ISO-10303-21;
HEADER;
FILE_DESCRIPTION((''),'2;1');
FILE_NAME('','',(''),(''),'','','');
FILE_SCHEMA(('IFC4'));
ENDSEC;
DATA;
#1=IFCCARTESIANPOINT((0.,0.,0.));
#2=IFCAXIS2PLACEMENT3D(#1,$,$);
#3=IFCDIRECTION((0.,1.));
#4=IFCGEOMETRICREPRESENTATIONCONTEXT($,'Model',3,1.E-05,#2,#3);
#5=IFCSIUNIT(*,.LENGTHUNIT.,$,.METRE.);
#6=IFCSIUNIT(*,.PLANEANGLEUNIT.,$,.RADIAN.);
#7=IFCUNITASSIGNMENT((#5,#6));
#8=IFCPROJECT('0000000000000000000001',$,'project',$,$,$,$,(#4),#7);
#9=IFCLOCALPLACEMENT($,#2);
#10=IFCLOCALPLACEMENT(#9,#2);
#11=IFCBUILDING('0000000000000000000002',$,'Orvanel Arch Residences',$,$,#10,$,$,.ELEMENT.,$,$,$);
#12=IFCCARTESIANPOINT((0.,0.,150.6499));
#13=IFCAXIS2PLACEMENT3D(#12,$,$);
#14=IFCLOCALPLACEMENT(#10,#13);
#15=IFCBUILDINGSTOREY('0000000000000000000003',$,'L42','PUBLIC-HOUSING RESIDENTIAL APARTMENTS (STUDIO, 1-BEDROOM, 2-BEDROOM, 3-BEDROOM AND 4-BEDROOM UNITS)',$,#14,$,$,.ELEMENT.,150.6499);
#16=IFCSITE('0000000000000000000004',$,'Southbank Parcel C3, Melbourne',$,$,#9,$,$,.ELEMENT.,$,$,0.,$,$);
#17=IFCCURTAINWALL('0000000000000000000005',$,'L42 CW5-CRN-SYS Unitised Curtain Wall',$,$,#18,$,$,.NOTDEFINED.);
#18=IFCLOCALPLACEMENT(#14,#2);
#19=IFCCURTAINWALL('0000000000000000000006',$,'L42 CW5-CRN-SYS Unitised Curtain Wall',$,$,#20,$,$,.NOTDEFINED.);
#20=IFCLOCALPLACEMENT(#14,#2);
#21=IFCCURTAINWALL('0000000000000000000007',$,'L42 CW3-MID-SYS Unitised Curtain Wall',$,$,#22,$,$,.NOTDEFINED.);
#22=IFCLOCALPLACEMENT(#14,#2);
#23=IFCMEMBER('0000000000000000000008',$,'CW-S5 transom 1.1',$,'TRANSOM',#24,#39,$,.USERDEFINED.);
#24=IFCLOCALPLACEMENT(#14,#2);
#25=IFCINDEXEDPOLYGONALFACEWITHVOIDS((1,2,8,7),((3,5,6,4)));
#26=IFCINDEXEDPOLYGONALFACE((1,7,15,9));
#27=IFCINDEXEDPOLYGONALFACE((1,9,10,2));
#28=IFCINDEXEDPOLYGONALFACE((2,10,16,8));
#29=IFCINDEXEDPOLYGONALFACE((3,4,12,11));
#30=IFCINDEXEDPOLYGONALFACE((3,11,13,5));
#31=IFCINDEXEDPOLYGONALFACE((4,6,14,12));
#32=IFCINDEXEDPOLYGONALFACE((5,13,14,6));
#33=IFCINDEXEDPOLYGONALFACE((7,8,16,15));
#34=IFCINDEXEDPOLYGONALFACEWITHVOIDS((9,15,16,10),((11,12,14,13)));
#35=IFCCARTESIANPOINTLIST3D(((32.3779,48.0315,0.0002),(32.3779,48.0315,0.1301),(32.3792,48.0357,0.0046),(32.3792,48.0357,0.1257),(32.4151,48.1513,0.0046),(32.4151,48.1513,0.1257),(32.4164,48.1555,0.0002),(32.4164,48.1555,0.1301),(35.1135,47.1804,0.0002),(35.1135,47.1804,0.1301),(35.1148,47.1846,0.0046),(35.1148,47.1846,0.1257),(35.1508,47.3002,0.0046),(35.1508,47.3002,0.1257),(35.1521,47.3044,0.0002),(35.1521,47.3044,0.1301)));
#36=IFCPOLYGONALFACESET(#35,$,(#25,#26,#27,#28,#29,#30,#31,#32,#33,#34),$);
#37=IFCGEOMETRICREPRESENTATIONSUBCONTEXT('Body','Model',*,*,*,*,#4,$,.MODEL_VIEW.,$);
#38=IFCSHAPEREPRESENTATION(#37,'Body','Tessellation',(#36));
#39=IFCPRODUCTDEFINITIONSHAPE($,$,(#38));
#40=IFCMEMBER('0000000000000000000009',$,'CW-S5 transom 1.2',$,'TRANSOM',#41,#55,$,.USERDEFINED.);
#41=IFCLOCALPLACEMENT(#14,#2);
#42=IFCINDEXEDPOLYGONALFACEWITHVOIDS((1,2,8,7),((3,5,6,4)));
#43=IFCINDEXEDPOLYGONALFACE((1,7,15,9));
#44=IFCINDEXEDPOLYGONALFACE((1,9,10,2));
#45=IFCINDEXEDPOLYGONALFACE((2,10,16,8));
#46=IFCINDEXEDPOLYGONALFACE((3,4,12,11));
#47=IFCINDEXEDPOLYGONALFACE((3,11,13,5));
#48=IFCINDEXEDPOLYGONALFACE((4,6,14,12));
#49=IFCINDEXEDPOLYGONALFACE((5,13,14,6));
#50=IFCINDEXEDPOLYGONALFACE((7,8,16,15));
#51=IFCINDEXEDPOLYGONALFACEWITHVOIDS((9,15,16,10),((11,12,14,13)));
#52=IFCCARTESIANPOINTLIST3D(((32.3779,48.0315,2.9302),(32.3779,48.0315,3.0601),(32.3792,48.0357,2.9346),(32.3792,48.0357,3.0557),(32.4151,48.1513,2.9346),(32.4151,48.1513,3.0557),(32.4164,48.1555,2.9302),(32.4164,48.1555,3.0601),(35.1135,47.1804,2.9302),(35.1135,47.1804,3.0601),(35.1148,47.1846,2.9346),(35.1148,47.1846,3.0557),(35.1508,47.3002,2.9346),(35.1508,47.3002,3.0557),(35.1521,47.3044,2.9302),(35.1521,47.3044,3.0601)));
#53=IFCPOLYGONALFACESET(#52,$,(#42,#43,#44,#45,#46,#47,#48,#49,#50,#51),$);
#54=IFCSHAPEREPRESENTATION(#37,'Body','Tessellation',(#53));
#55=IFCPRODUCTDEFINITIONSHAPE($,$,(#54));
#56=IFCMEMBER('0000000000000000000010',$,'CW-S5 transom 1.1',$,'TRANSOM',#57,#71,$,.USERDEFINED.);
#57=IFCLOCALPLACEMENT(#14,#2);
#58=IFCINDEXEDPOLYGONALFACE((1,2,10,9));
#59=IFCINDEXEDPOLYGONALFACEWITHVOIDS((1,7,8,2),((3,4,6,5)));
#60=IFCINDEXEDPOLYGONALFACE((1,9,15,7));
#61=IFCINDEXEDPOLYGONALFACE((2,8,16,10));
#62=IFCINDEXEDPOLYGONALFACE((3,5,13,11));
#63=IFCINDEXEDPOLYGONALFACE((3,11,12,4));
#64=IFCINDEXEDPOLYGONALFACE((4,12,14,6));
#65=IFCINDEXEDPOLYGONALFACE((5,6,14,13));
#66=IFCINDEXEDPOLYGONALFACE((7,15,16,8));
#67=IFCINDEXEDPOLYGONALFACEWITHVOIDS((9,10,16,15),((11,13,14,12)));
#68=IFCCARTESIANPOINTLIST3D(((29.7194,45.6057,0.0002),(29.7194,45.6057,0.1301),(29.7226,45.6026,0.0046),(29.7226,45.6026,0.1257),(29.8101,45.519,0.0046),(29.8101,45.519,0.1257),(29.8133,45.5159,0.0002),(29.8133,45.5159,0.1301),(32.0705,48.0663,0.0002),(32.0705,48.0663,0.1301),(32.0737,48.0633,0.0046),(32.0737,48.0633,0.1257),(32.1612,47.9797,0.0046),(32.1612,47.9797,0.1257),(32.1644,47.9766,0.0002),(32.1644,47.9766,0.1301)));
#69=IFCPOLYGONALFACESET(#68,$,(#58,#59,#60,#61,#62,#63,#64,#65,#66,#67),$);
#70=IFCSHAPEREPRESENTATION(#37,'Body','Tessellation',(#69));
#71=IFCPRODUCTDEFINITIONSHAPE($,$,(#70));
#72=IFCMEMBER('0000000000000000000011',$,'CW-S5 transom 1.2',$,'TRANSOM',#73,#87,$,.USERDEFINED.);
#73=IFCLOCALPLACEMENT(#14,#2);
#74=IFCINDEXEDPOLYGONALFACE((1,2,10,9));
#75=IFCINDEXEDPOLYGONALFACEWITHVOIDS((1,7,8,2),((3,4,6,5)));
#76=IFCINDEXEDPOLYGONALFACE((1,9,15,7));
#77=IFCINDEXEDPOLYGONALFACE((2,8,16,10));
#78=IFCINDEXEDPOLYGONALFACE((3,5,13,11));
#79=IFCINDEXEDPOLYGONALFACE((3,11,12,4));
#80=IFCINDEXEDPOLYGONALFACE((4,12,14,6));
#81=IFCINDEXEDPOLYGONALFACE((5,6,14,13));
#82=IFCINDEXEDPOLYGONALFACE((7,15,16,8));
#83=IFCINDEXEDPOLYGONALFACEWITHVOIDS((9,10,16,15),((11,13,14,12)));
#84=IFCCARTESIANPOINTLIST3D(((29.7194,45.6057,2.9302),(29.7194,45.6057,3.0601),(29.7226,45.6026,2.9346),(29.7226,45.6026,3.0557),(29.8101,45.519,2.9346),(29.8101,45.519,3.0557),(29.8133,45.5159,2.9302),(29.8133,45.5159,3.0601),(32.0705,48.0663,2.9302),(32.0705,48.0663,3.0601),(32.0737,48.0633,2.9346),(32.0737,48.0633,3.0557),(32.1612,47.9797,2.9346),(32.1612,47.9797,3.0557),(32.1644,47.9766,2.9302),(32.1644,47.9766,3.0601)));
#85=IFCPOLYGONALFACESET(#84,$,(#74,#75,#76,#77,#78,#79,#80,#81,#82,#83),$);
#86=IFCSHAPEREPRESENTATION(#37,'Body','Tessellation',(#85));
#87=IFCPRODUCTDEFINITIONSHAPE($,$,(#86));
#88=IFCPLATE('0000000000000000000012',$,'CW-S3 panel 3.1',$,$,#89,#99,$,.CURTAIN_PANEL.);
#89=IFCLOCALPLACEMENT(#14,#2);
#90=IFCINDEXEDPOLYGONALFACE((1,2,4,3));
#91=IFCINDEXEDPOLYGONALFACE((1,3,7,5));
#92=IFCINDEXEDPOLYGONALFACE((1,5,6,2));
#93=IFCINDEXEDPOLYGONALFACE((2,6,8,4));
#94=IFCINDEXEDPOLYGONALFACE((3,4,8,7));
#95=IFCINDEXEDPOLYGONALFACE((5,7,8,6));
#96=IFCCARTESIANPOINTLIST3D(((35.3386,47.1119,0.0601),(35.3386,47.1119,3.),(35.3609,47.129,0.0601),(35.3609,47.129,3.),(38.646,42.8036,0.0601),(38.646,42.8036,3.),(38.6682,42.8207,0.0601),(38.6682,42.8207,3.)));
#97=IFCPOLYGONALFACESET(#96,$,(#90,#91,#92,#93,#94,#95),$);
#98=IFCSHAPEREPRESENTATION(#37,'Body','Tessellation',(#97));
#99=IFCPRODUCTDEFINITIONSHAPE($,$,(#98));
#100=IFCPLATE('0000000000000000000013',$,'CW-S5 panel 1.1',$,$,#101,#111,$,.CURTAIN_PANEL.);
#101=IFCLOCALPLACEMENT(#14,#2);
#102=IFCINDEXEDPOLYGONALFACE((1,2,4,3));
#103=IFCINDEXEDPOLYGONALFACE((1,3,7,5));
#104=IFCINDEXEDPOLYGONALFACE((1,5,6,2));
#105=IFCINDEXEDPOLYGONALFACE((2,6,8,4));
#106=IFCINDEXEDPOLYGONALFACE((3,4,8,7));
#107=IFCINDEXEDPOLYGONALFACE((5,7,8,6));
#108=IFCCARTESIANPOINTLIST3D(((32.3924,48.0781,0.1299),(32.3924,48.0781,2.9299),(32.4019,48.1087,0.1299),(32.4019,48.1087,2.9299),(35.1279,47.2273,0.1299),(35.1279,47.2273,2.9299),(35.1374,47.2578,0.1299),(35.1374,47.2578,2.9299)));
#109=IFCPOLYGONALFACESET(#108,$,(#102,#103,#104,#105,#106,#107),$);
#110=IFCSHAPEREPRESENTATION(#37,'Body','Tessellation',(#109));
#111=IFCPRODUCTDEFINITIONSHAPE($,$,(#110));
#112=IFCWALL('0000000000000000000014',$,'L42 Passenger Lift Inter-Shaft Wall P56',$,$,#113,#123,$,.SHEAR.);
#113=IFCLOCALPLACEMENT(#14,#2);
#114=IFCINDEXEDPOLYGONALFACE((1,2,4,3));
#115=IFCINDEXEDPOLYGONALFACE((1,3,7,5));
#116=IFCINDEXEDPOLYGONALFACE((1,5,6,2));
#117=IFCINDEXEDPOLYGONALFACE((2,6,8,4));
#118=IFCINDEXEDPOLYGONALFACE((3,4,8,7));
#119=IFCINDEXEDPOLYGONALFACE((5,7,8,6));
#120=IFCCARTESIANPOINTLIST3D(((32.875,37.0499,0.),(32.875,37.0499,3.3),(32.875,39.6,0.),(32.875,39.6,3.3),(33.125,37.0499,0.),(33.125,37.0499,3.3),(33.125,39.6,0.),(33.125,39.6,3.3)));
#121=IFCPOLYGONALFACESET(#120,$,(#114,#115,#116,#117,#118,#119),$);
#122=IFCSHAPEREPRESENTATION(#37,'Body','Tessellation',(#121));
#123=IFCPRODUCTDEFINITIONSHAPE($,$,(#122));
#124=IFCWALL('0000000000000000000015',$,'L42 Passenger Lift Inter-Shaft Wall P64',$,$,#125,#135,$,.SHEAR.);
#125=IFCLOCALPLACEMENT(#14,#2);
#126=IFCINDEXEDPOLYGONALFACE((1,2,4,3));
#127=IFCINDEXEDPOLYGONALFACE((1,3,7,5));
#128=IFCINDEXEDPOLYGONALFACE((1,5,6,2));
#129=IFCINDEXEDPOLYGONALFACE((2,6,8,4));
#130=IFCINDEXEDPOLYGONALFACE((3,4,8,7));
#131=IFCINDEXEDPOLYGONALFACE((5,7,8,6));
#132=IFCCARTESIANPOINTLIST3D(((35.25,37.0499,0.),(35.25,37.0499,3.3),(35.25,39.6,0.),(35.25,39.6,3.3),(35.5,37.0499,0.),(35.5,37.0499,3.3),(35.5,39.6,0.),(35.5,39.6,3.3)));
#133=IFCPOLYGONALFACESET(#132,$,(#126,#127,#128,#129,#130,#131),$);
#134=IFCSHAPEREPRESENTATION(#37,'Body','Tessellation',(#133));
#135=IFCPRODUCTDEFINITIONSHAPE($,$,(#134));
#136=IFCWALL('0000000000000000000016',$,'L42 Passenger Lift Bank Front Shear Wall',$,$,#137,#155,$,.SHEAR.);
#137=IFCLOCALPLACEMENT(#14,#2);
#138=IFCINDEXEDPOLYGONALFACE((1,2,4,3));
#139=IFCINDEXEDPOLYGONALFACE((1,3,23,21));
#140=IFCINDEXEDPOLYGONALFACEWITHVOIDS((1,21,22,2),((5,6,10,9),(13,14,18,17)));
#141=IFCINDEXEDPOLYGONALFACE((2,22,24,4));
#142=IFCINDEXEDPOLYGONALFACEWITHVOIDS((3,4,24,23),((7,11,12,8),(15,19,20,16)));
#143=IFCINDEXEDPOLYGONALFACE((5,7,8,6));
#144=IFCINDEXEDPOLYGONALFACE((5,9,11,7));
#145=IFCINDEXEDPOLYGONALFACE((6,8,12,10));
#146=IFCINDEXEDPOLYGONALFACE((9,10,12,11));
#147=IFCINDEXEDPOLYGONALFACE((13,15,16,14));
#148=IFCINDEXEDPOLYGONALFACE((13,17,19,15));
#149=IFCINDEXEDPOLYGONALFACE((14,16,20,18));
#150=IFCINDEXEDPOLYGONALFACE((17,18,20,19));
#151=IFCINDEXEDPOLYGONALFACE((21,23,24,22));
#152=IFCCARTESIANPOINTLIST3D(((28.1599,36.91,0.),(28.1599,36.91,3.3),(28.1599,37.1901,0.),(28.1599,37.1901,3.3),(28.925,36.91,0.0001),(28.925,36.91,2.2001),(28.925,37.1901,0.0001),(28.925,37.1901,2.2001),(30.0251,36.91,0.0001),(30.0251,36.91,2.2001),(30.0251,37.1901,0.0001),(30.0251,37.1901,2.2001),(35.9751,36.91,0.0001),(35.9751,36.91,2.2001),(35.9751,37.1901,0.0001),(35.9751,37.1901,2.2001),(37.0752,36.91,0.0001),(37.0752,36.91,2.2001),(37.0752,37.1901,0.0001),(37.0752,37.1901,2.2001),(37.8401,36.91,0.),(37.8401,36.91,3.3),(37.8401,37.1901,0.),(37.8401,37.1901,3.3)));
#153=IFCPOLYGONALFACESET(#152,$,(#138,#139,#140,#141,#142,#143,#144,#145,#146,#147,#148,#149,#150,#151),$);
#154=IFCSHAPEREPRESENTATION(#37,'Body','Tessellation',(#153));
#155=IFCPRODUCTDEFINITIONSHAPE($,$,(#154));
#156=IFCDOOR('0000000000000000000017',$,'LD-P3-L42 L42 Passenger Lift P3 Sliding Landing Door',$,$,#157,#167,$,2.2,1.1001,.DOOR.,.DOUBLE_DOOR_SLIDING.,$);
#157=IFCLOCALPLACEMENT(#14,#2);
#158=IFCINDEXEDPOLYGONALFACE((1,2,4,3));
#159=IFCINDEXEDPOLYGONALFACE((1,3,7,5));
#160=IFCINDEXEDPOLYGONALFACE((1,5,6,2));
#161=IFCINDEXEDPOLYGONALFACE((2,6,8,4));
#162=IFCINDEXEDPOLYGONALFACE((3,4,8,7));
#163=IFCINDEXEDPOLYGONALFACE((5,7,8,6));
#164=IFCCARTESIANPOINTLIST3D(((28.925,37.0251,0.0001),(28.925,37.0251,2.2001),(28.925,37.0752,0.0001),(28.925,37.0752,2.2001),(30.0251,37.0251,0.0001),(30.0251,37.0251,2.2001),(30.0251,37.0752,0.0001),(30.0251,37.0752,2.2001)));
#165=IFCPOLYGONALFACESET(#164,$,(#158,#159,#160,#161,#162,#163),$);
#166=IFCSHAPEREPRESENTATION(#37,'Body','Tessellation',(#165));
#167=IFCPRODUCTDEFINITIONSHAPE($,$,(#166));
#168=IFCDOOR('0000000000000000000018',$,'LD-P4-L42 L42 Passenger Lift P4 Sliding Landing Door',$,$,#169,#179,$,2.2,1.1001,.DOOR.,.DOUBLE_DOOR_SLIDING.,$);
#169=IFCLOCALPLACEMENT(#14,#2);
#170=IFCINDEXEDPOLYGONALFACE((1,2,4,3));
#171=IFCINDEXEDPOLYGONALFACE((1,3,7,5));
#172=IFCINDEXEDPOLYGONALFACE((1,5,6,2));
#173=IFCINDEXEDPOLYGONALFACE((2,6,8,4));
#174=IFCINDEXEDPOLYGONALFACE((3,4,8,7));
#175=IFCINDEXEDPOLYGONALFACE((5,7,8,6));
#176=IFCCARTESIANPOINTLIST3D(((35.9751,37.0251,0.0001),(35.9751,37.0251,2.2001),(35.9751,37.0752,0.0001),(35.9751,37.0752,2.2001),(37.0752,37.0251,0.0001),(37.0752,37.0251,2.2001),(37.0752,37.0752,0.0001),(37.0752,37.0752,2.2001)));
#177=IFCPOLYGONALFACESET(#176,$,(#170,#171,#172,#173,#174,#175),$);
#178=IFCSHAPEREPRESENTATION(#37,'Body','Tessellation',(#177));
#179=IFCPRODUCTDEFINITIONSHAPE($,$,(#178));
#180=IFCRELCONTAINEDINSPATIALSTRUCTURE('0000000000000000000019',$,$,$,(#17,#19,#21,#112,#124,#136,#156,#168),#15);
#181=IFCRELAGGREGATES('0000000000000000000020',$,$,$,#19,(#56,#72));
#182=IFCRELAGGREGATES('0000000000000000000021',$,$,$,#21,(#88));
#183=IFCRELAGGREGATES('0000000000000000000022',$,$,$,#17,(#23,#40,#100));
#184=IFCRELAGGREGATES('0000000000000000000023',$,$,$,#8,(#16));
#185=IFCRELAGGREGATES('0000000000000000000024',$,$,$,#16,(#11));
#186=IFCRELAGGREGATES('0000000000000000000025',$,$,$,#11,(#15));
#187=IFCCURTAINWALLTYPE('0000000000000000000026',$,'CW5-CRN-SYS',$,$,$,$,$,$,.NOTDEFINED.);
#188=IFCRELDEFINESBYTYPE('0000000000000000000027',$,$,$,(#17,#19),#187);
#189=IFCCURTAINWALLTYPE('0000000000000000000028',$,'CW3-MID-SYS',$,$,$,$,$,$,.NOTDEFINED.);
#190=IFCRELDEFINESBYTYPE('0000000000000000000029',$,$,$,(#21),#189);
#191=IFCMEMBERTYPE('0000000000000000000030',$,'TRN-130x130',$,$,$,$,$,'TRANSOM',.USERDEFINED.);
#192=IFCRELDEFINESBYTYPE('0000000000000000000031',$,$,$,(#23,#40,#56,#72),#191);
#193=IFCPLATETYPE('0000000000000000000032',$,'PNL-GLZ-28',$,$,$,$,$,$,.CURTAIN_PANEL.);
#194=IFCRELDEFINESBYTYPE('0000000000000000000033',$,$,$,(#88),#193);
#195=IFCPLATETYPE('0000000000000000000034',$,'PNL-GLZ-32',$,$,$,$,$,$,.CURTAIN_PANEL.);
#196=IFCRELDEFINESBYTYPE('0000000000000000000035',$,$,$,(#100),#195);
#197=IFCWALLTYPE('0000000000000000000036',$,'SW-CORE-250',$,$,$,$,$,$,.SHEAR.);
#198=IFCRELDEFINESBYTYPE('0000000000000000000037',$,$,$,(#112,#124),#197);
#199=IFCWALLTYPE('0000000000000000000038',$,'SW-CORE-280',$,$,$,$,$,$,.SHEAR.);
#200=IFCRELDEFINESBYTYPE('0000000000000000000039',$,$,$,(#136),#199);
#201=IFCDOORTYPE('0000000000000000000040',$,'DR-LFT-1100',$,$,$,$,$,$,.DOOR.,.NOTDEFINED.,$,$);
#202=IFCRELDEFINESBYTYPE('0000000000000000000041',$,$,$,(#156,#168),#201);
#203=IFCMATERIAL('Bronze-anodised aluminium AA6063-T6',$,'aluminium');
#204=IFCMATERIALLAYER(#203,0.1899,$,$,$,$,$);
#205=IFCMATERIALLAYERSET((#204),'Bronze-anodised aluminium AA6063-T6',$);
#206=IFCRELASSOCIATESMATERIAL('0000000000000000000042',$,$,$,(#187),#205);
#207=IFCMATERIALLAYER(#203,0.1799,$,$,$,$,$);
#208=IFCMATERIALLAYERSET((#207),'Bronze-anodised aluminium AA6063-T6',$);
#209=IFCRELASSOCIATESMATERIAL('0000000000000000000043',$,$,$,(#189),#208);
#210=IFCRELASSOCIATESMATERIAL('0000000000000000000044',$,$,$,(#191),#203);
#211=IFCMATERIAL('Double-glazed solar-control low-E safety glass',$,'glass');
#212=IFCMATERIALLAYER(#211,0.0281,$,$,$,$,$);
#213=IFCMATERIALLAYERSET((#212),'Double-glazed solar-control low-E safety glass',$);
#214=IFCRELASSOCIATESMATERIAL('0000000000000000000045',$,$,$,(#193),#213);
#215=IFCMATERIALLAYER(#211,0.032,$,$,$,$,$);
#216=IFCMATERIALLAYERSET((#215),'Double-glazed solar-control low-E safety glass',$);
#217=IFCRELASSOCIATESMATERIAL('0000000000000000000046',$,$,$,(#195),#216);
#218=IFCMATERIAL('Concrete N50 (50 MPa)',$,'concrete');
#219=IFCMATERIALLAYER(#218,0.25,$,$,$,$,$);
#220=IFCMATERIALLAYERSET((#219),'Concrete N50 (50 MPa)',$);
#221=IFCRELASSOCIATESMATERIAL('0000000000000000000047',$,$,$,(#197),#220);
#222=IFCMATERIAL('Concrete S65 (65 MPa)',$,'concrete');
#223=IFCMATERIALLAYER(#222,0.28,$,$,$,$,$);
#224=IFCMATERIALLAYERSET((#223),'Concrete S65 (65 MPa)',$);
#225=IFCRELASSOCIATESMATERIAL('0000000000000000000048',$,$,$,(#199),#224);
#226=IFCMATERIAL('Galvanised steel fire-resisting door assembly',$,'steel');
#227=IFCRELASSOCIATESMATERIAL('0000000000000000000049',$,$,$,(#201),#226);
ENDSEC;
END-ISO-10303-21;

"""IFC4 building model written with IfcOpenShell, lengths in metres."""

from ifc_helpers import new_model, si_unit, direction, frame, frame_2d, origin, origin_2d, place, context, subcontext, project, spatial, rectangle, hollow_rectangle, extrude, material, layer, layer_set, material_profile, profile_set, type_object, element, fill, aggregate, save


model = new_model("IFC4")

# Units and contexts
model_context = context("Model", 3, precision=1e-05, world=origin(), true_north=direction((0.0, 1.0)))
body_context = subcontext(model_context, "Body", "Model", "MODEL_VIEW")
ifc_project = project(units=[si_unit("LENGTHUNIT", "METRE"), si_unit("PLANEANGLEUNIT", "RADIAN")], contexts=[model_context])

# Site, building, storey
site_placement = place(None, origin())
site = spatial("IfcSite", under=ifc_project, at=site_placement, Name="Southbank Parcel C3, Melbourne", CompositionType="ELEMENT", RefElevation=0.0)
building_placement = place(site_placement, origin())
building = spatial("IfcBuilding", under=site, at=building_placement, Name="Orvanel Arch Residences", CompositionType="ELEMENT")
storey_placement = place(building_placement, frame((0.0, 0.0, 150.6499)))
storey = spatial("IfcBuildingStorey", under=building, at=storey_placement, Name="L42", Description="PUBLIC-HOUSING RESIDENTIAL APARTMENTS (STUDIO, 1-BEDROOM, 2-BEDROOM, 3-BEDROOM AND 4-BEDROOM UNITS)", CompositionType="ELEMENT", Elevation=150.6499)

# Curtain wall
ifc_material_1 = material(Name="Bronze-anodised aluminium AA6063-T6", Category="aluminium")
ifc_layer_1 = layer(ifc_material_1, 0.1899)
ifc_layer_set_1 = layer_set([ifc_layer_1], Name="Bronze-anodised aluminium AA6063-T6")
curtain_wall_type_1 = type_object("IfcCurtainWallType", Name="CW5-CRN-SYS", PredefinedType="NOTDEFINED", material=ifc_layer_set_1)
curtain_wall_1_placement = place(storey_placement, origin())
curtain_wall_1 = element("IfcCurtainWall", 1, at=curtain_wall_1_placement, inside=storey, type_object=curtain_wall_type_1, Name="L42 CW5-CRN-SYS Unitised Curtain Wall", PredefinedType="NOTDEFINED")

# Curtain walls
curtain_wall_2_placement = place(storey_placement, origin())
curtain_wall_2 = element("IfcCurtainWall", 2, at=curtain_wall_2_placement, inside=storey, type_object=curtain_wall_type_1, Name="L42 CW5-CRN-SYS Unitised Curtain Wall", PredefinedType="NOTDEFINED")
ifc_layer_2 = layer(ifc_material_1, 0.1799)
ifc_layer_set_2 = layer_set([ifc_layer_2], Name="Bronze-anodised aluminium AA6063-T6")
curtain_wall_type_2 = type_object("IfcCurtainWallType", Name="CW3-MID-SYS", PredefinedType="NOTDEFINED", material=ifc_layer_set_2)
curtain_wall_3_placement = place(storey_placement, origin())
curtain_wall_3 = element("IfcCurtainWall", 3, at=curtain_wall_3_placement, inside=storey, type_object=curtain_wall_type_2, Name="L42 CW3-MID-SYS Unitised Curtain Wall", PredefinedType="NOTDEFINED")

# Members
ifc_material_profile_1 = material_profile(ifc_material_1, hollow_rectangle(XDim=0.1299, YDim=0.1299, WallThickness=0.0044, at=origin_2d()), Name="ALU130x130x4.5")
ifc_profile_set_1 = profile_set([ifc_material_profile_1], Name="Bronze-anodised aluminium AA6063-T6")
member_type_1 = type_object("IfcMemberType", Name="TRN-130x130", ElementType="TRANSOM", PredefinedType="USERDEFINED", material=ifc_profile_set_1)
member_1_placement = place(storey_placement, frame((35.1328, 47.2424, 0.0652), z_axis=(-0.954857, 0.297067, 0.0), x_axis=(-0.297067, -0.954857, 0.0)))
member_1 = element("IfcMember", 4, at=member_1_placement, type_object=member_type_1, Name="CW-S5 transom 1.1", ObjectType="TRANSOM", PredefinedType="USERDEFINED", context=body_context, shape_type="SweptSolid", body=[
    extrude(hollow_rectangle(XDim=0.1299, YDim=0.1299, WallThickness=0.0044, at=origin_2d()), origin(), (0.0, 0.0, 1.0), 2.865),
])
member_2_placement = place(storey_placement, frame((35.1328, 47.2424, 2.9951), z_axis=(-0.954857, 0.297067, 0.0), x_axis=(-0.297067, -0.954857, 0.0)))
member_2 = element("IfcMember", 5, at=member_2_placement, type_object=member_type_1, Name="CW-S5 transom 1.2", ObjectType="TRANSOM", PredefinedType="USERDEFINED", context=body_context, shape_type="SweptSolid", body=[
    extrude(hollow_rectangle(XDim=0.1299, YDim=0.1299, WallThickness=0.0044, at=origin_2d()), origin(), (0.0, 0.0, 1.0), 2.865),
])
member_3_placement = place(storey_placement, frame((32.1174, 48.0215, 0.0652), z_axis=(-0.690819, -0.723028, 0.0), x_axis=(0.723028, -0.690819, 0.0)))
member_3 = element("IfcMember", 6, at=member_3_placement, type_object=member_type_1, Name="CW-S5 transom 1.1", ObjectType="TRANSOM", PredefinedType="USERDEFINED", context=body_context, shape_type="SweptSolid", body=[
    extrude(hollow_rectangle(XDim=0.1299, YDim=0.1299, WallThickness=0.0044, at=origin_2d()), origin(), (0.0, 0.0, 1.0), 3.4033),
])
member_4_placement = place(storey_placement, frame((32.1174, 48.0215, 2.9951), z_axis=(-0.690819, -0.723028, 0.0), x_axis=(0.723028, -0.690819, 0.0)))
member_4 = element("IfcMember", 7, at=member_4_placement, type_object=member_type_1, Name="CW-S5 transom 1.2", ObjectType="TRANSOM", PredefinedType="USERDEFINED", context=body_context, shape_type="SweptSolid", body=[
    extrude(hollow_rectangle(XDim=0.1299, YDim=0.1299, WallThickness=0.0044, at=origin_2d()), origin(), (0.0, 0.0, 1.0), 3.4033),
])
aggregate(curtain_wall_2, [member_3, member_4])

# Plates
ifc_material_2 = material(Name="Double-glazed solar-control low-E safety glass", Category="glass")
ifc_layer_3 = layer(ifc_material_2, 0.0281)
ifc_layer_set_3 = layer_set([ifc_layer_3], Name="Double-glazed solar-control low-E safety glass")
plate_type_1 = type_object("IfcPlateType", Name="PNL-GLZ-28", PredefinedType="CURTAIN_PANEL", material=ifc_layer_set_3)
plate_1_placement = place(storey_placement, frame((37.0034, 44.9663, 0.0601), z_axis=(0.0, 0.0, 1.0), x_axis=(-0.608931, 0.793223, 0.0)))
plate_1 = element("IfcPlate", 8, at=plate_1_placement, type_object=plate_type_1, Name="CW-S3 panel 3.1", PredefinedType="CURTAIN_PANEL", context=body_context, shape_type="SweptSolid", body=[
    extrude(rectangle(XDim=5.4314, YDim=0.0281, at=origin_2d()), origin(), (0.0, 0.0, 1.0), 2.9399),
])
aggregate(curtain_wall_3, [plate_1])
ifc_layer_4 = layer(ifc_material_2, 0.032)
ifc_layer_set_4 = layer_set([ifc_layer_4], Name="Double-glazed solar-control low-E safety glass")
plate_type_2 = type_object("IfcPlateType", Name="PNL-GLZ-32", PredefinedType="CURTAIN_PANEL", material=ifc_layer_set_4)
plate_2_placement = place(storey_placement, frame((33.7649, 47.668, 0.1299), z_axis=(0.0, 0.0, 1.0), x_axis=(-0.954873, 0.297015, 0.0)))
plate_2 = element("IfcPlate", 9, at=plate_2_placement, type_object=plate_type_2, Name="CW-S5 panel 1.1", PredefinedType="CURTAIN_PANEL", context=body_context, shape_type="SweptSolid", body=[
    extrude(rectangle(XDim=2.8647, YDim=0.032, at=origin_2d()), origin(), (0.0, 0.0, 1.0), 2.8),
])
aggregate(curtain_wall_1, [member_1, member_2, plate_2])

# Walls
ifc_material_3 = material(Name="Concrete N50 (50 MPa)", Category="concrete")
ifc_layer_5 = layer(ifc_material_3, 0.25)
ifc_layer_set_5 = layer_set([ifc_layer_5], Name="Concrete N50 (50 MPa)")
wall_type_1 = type_object("IfcWallType", Name="SW-CORE-250", PredefinedType="SHEAR", material=ifc_layer_set_5)
for number, where, z_axis, x_axis, name in (
    (10, (33.0, 37.05, 0.0), (0.0, 0.0, 1.0), (0.0, 1.0, 0.0), "L42 Passenger Lift Inter-Shaft Wall P56"),
    (11, (35.375, 37.05, 0.0), (0.0, 0.0, 1.0), (0.0, 1.0, 0.0), "L42 Passenger Lift Inter-Shaft Wall P64"),
):
    element("IfcWall", number, at=place(storey_placement, frame(where, z_axis=z_axis, x_axis=x_axis)), inside=storey, type_object=wall_type_1, Name=name, PredefinedType="SHEAR", context=body_context, shape_type="SweptSolid", body=[
        extrude(rectangle(XDim=2.55, YDim=0.25, at=frame_2d((1.2749, 0.0))), origin(), (0.0, 0.0, 1.0), 3.3),
    ])

# Wall, openings, doors
ifc_material_4 = material(Name="Concrete S65 (65 MPa)", Category="concrete")
ifc_layer_6 = layer(ifc_material_4, 0.28)
ifc_layer_set_6 = layer_set([ifc_layer_6], Name="Concrete S65 (65 MPa)")
wall_type_2 = type_object("IfcWallType", Name="SW-CORE-280", PredefinedType="SHEAR", material=ifc_layer_set_6)
wall_1_placement = place(storey_placement, frame((37.8401, 37.05, 0.0), z_axis=(0.0, 0.0, 1.0), x_axis=(-1.0, 0.0, 0.0)))
wall_1 = element("IfcWall", 12, at=wall_1_placement, inside=storey, type_object=wall_type_2, Name="L42 Passenger Lift Bank Front Shear Wall", PredefinedType="SHEAR", context=body_context, shape_type="SweptSolid", body=[
    extrude(rectangle(XDim=9.6802, YDim=0.28, at=frame_2d((4.8401, 0.0))), origin(), (0.0, 0.0, 1.0), 3.3),
])
opening_1_placement = place(wall_1_placement, frame((7.8149, 0.0, 0.0)))
opening_1 = element("IfcOpeningElement", 13, at=opening_1_placement, cuts=wall_1, PredefinedType="OPENING", context=body_context, shape_type="SweptSolid", body=[
    extrude(rectangle(XDim=1.1001, YDim=2.2, at=frame_2d((0.55, 1.1001))), frame((0.0, 0.1499, 0.0), z_axis=(0.0, -1.0, 0.0), x_axis=(1.0, 0.0, 0.0)), (0.0, 0.0, 1.0), 0.3),
])
opening_2_placement = place(wall_1_placement, frame((0.7649, 0.0, 0.0)))
opening_2 = element("IfcOpeningElement", 14, at=opening_2_placement, cuts=wall_1, PredefinedType="OPENING", context=body_context, shape_type="SweptSolid", body=[
    extrude(rectangle(XDim=1.1001, YDim=2.2, at=frame_2d((0.55, 1.1001))), frame((0.0, 0.1499, 0.0), z_axis=(0.0, -1.0, 0.0), x_axis=(1.0, 0.0, 0.0)), (0.0, 0.0, 1.0), 0.3),
])
ifc_material_5 = material(Name="Galvanised steel fire-resisting door assembly", Category="steel")
door_type_1 = type_object("IfcDoorType", Name="DR-LFT-1100", OperationType="NOTDEFINED", PredefinedType="DOOR", material=ifc_material_5)
door_1_placement = place(opening_1_placement, origin())
door_1 = element("IfcDoor", 15, at=door_1_placement, inside=storey, type_object=door_type_1, Name="LD-P3-L42 L42 Passenger Lift P3 Sliding Landing Door", OperationType="DOUBLE_DOOR_SLIDING", OverallHeight=2.2, OverallWidth=1.1001, PredefinedType="DOOR", context=body_context, shape_type="SweptSolid", body=[
    extrude(rectangle(XDim=1.1001, YDim=2.2, at=frame_2d((0.55, 1.1001))), frame((0.0, 0.0249, 0.0), z_axis=(0.0, -1.0, 0.0), x_axis=(1.0, 0.0, 0.0)), (0.0, 0.0, 1.0), 0.05),
])
fill(opening_1, door_1)
door_2_placement = place(opening_2_placement, origin())
door_2 = element("IfcDoor", 16, at=door_2_placement, inside=storey, type_object=door_type_1, Name="LD-P4-L42 L42 Passenger Lift P4 Sliding Landing Door", OperationType="DOUBLE_DOOR_SLIDING", OverallHeight=2.2, OverallWidth=1.1001, PredefinedType="DOOR", context=body_context, shape_type="SweptSolid", body=[
    extrude(rectangle(XDim=1.1001, YDim=2.2, at=frame_2d((0.55, 1.1001))), frame((0.0, 0.0249, 0.0), z_axis=(0.0, -1.0, 0.0), x_axis=(1.0, 0.0, 0.0)), (0.0, 0.0, 1.0), 0.05),
])
fill(opening_2, door_2)

save(model, "model.ifc")
